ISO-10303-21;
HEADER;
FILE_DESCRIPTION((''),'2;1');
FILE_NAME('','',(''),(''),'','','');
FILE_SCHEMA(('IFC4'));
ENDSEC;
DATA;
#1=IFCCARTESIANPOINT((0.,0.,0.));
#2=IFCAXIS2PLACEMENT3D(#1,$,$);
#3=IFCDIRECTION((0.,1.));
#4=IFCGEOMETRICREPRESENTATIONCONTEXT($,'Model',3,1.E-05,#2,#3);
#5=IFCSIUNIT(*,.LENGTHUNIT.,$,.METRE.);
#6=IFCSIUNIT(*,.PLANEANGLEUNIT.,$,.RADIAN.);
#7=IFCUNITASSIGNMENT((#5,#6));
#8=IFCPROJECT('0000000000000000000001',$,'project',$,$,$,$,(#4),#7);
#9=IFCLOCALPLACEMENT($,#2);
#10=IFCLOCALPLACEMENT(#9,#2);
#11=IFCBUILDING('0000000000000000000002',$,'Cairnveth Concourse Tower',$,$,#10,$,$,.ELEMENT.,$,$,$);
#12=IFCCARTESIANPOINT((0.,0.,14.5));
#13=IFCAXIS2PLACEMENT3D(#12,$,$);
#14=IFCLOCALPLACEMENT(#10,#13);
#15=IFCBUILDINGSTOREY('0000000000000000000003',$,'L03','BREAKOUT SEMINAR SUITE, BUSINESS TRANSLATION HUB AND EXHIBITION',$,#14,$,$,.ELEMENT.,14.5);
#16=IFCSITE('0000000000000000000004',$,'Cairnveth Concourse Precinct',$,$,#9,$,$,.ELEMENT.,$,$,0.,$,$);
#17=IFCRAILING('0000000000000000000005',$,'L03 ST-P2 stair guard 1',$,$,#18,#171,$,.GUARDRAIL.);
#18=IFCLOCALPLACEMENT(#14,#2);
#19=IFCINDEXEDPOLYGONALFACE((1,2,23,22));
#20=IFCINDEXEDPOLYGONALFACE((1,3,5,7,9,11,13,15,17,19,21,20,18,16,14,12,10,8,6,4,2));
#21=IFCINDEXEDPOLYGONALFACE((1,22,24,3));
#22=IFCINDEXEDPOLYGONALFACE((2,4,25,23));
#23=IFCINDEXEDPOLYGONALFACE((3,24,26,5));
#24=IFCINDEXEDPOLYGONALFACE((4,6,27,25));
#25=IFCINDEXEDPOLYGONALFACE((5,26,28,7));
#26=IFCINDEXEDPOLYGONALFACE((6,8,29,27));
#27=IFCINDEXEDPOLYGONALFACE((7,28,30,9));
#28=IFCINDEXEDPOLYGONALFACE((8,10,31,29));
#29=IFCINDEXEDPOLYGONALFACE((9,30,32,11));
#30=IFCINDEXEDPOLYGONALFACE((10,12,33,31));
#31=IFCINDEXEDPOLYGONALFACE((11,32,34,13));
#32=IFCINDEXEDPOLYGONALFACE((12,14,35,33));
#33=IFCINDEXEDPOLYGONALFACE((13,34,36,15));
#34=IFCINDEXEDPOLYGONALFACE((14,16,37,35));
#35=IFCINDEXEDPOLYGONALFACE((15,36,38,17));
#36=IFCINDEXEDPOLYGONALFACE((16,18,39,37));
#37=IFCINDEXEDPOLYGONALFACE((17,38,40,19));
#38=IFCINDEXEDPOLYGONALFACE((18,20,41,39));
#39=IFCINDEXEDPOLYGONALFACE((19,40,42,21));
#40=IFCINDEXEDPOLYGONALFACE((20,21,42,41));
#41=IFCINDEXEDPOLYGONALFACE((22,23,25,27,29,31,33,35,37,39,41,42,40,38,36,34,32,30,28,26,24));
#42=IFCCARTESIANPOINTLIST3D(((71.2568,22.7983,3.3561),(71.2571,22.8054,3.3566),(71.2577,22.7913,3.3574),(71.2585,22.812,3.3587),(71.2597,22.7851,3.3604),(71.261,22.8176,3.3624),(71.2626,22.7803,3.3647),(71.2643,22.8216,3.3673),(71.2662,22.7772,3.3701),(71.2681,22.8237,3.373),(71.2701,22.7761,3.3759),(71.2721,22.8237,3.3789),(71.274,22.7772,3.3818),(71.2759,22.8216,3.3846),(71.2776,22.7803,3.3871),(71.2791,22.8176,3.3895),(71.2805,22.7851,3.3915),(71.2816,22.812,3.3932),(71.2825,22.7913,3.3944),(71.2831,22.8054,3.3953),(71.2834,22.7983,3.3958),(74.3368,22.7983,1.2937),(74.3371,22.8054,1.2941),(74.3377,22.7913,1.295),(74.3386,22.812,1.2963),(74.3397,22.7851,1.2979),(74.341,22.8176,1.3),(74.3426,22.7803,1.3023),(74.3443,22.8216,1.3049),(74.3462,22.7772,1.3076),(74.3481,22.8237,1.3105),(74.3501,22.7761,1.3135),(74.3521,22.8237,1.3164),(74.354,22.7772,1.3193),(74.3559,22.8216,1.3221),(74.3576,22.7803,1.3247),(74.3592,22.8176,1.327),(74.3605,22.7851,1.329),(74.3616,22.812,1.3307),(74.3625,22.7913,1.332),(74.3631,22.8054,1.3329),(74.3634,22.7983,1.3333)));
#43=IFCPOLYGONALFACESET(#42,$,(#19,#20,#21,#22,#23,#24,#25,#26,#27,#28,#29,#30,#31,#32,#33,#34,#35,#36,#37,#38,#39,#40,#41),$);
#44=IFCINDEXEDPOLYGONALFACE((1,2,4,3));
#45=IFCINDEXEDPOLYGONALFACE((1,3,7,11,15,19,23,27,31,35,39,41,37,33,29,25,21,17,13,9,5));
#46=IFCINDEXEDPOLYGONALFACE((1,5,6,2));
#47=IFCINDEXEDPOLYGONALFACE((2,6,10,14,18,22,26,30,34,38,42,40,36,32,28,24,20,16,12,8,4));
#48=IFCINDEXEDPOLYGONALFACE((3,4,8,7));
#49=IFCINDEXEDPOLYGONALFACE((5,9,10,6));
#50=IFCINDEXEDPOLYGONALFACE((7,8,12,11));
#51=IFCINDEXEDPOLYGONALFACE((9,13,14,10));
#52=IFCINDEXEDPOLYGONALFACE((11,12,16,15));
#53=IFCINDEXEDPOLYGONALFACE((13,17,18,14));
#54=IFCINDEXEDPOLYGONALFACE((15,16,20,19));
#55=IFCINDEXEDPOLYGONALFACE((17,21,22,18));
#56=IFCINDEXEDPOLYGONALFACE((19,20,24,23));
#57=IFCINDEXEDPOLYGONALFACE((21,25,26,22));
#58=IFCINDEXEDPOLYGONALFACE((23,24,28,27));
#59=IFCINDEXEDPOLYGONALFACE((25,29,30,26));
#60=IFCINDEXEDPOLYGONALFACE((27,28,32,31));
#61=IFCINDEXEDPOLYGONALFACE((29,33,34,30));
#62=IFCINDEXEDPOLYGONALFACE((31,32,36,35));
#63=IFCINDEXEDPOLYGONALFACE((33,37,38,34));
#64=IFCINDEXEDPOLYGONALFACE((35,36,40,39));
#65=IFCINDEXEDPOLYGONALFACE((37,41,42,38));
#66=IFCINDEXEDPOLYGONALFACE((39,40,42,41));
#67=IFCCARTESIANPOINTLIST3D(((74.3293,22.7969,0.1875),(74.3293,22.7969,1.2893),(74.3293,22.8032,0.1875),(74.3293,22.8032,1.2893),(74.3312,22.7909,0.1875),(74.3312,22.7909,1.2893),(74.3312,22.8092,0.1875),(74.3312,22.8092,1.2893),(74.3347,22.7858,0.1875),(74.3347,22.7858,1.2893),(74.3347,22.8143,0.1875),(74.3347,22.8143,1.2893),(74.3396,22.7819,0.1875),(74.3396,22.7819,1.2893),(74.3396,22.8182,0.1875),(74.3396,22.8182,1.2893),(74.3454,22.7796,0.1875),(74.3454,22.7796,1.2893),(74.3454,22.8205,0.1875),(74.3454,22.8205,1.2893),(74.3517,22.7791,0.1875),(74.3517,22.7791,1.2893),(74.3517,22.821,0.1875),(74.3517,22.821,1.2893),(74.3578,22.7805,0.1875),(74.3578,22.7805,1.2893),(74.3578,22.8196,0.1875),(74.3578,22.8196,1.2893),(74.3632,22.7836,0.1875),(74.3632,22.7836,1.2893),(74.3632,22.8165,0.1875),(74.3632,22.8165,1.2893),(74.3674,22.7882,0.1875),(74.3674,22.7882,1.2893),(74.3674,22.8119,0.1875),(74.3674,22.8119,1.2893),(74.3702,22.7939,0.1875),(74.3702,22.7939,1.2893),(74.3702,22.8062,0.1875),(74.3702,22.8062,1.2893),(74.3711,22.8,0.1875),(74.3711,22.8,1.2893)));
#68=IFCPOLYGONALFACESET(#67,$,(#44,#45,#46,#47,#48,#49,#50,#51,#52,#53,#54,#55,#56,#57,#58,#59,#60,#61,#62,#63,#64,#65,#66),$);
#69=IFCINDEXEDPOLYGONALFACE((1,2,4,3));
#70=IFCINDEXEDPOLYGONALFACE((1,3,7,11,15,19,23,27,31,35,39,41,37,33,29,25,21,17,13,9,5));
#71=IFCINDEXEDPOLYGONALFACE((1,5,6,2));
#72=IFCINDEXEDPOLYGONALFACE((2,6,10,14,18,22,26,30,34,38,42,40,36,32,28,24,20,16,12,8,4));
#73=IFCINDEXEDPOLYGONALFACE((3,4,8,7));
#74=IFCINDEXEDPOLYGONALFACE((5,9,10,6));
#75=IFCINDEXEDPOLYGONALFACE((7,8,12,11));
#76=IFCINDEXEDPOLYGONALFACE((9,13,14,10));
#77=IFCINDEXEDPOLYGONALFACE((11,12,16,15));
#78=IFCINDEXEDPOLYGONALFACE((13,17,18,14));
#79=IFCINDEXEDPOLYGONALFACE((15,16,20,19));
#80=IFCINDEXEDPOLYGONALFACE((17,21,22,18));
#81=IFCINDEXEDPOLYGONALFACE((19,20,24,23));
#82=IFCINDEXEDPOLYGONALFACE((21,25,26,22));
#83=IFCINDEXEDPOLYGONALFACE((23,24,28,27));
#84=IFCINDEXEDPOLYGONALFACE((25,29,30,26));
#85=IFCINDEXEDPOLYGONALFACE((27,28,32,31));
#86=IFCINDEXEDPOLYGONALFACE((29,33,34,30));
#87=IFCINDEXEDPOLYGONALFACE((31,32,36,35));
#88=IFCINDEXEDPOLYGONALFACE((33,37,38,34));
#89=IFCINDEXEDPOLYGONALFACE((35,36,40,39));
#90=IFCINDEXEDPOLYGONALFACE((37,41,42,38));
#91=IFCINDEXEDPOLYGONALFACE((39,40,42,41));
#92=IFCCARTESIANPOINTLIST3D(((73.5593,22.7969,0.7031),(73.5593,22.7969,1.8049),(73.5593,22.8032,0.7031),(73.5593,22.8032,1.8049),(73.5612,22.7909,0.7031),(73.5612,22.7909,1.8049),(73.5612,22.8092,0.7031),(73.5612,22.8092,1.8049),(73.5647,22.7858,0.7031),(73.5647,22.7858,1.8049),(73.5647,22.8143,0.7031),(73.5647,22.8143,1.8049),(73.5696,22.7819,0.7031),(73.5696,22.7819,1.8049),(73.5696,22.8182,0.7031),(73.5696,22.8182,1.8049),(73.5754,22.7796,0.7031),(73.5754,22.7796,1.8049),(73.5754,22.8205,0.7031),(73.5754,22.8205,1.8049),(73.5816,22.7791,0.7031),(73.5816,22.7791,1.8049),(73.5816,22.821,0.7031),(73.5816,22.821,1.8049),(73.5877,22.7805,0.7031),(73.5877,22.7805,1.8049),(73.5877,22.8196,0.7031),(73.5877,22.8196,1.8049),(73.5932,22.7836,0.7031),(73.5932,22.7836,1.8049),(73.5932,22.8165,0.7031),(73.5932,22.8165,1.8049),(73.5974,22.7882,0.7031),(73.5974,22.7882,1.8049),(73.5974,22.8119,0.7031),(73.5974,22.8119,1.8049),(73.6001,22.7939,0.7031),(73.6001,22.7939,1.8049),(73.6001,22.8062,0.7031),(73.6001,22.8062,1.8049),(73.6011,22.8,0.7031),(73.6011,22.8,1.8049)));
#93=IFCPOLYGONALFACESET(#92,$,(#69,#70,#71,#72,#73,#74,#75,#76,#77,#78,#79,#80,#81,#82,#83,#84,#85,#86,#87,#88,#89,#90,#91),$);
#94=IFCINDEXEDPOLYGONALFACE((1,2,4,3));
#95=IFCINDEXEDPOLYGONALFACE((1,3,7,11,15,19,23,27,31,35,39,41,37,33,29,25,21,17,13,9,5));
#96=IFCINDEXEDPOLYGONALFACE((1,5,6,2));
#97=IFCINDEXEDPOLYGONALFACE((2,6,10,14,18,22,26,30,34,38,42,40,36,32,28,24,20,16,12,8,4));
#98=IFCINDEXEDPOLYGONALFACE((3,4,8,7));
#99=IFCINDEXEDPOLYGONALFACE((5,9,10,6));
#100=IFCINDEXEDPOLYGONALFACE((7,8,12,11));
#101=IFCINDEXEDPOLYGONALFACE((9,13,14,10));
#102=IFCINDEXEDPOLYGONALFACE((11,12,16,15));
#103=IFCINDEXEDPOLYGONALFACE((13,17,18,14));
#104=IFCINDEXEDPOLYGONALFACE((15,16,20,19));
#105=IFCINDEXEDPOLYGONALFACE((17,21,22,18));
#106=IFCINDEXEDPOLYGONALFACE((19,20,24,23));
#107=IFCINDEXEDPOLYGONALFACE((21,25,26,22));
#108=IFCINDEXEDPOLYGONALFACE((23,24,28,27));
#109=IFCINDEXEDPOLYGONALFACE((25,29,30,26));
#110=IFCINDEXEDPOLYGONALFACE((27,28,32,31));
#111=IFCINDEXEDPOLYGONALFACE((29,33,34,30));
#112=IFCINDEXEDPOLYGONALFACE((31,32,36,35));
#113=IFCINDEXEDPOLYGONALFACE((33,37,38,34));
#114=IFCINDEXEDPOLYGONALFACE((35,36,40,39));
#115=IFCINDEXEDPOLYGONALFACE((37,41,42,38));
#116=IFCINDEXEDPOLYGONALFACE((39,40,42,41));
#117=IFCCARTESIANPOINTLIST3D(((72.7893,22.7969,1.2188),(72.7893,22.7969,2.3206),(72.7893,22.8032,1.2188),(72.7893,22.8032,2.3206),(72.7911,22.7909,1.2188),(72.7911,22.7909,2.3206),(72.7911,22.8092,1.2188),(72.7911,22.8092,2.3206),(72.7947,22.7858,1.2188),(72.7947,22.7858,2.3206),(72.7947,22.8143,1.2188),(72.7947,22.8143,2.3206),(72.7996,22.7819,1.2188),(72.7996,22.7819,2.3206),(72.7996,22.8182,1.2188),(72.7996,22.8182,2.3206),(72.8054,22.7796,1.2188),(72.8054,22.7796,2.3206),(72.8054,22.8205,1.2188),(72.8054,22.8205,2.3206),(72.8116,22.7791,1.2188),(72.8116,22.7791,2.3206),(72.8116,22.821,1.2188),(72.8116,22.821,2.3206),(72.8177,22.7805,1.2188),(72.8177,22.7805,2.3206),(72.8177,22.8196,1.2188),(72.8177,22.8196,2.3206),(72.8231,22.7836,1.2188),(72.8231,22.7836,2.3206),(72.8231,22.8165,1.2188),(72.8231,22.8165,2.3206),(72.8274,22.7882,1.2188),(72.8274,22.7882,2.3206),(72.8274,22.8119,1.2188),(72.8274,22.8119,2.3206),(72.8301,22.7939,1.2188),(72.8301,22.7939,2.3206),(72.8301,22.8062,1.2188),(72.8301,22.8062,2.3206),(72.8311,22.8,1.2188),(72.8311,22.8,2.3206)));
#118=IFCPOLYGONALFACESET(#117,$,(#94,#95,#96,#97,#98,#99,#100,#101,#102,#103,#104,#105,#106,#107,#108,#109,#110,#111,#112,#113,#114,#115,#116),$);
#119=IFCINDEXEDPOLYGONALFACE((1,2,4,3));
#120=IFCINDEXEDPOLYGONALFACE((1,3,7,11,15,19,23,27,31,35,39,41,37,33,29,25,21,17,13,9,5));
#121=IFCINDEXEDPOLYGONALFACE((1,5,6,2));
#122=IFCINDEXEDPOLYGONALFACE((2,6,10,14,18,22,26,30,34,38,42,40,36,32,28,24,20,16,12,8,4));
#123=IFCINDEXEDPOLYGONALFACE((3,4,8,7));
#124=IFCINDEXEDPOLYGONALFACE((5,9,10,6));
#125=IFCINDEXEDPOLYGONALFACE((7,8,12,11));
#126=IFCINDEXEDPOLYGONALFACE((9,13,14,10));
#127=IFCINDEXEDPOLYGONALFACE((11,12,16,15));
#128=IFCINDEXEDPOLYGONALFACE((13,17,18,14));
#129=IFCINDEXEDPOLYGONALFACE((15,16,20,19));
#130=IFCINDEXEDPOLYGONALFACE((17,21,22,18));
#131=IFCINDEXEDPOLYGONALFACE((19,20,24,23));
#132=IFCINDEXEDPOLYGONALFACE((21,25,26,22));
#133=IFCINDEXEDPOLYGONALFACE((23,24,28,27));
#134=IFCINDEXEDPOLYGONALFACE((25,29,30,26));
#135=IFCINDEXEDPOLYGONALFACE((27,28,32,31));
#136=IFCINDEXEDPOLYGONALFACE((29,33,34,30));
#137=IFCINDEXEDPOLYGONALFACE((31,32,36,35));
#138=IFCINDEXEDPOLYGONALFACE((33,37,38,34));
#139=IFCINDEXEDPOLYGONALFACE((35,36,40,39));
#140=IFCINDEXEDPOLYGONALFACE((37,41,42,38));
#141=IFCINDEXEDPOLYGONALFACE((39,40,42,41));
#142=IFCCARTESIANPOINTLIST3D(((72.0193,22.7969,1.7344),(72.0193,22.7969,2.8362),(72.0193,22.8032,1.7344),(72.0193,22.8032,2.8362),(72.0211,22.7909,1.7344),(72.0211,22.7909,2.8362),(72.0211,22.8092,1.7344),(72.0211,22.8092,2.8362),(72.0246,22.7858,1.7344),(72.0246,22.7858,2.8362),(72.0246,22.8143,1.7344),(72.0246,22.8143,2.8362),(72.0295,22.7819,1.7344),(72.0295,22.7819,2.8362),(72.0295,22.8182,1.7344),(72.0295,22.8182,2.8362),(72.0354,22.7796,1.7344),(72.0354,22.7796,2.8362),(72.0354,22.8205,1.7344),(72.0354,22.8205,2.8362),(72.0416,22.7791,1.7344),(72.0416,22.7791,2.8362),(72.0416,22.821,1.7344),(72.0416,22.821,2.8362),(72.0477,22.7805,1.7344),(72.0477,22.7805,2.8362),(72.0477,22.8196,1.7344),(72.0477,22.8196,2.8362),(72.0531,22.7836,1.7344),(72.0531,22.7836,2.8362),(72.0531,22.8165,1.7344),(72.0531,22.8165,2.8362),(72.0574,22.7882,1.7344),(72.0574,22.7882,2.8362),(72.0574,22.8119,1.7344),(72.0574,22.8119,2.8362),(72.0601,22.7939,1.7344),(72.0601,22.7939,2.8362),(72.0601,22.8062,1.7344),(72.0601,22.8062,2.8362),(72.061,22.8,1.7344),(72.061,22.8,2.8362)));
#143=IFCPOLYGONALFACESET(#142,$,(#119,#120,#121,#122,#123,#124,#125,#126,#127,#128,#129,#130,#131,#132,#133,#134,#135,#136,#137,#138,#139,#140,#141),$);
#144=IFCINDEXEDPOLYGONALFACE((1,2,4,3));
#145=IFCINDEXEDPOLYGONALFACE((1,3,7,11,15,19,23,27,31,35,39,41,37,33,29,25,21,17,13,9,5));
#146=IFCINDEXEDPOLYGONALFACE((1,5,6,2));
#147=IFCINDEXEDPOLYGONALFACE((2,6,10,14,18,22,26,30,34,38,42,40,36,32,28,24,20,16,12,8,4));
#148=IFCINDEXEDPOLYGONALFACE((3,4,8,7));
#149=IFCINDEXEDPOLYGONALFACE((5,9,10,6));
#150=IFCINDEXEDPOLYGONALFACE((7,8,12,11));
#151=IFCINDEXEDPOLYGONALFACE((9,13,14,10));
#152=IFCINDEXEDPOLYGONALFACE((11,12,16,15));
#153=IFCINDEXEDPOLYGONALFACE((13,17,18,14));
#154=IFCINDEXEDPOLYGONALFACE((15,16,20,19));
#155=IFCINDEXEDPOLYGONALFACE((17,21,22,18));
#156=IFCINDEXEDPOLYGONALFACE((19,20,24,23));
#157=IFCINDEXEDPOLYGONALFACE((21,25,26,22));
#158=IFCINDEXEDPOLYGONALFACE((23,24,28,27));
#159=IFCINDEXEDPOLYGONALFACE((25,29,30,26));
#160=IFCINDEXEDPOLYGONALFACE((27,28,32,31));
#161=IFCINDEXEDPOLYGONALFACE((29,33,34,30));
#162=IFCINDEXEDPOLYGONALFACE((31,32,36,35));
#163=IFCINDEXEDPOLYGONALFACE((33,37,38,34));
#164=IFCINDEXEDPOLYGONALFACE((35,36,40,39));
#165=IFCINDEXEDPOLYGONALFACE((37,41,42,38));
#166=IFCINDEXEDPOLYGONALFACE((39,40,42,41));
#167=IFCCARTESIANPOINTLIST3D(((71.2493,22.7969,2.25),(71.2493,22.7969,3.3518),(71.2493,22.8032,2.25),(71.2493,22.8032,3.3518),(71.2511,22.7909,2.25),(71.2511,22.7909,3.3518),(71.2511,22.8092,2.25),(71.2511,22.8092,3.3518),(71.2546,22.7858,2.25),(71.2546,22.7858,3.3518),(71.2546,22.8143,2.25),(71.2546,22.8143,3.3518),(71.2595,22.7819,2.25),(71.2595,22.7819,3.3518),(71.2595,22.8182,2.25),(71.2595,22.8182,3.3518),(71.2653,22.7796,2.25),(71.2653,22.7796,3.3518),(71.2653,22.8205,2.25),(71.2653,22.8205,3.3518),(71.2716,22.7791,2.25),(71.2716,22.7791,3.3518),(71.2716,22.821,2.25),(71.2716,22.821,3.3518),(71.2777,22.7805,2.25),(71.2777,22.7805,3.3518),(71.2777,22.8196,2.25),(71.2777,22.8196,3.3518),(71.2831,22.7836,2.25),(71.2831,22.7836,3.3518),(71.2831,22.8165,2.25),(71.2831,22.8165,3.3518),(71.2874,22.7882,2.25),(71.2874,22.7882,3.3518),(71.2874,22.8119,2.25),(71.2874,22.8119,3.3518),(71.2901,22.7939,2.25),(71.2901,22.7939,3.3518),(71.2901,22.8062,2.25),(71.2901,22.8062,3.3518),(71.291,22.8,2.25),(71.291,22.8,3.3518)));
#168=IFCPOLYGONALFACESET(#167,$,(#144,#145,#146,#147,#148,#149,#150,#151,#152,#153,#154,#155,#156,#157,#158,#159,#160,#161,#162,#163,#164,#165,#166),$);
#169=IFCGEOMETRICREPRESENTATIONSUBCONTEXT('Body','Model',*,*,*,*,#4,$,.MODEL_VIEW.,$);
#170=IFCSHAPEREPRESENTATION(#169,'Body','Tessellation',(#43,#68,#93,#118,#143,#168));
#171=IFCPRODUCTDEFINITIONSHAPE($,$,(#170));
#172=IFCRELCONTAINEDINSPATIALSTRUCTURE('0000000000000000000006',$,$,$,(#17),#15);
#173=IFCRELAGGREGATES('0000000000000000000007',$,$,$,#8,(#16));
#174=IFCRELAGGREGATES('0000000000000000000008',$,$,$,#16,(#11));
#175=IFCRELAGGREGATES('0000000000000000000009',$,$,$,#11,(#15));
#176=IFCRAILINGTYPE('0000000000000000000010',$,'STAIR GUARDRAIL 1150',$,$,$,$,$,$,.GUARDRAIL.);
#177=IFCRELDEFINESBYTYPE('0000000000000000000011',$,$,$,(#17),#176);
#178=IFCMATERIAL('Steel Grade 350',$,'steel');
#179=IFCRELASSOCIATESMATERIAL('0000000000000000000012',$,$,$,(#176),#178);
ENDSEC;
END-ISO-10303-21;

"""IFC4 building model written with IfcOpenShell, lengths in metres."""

from ifc_helpers import new_model, si_unit, direction, frame, origin, origin_2d, place, context, subcontext, project, spatial, circle, extrude, material, type_object, element, save


model = new_model("IFC4")

# Units and contexts
model_context = context("Model", 3, precision=1e-05, world=origin(), true_north=direction((0.0, 1.0)))
body_context = subcontext(model_context, "Body", "Model", "MODEL_VIEW")
ifc_project = project(units=[si_unit("LENGTHUNIT", "METRE"), si_unit("PLANEANGLEUNIT", "RADIAN")], contexts=[model_context])

# Site, building, storey
site_placement = place(None, origin())
site = spatial("IfcSite", under=ifc_project, at=site_placement, Name="Cairnveth Concourse Precinct", CompositionType="ELEMENT", RefElevation=0.0)
building_placement = place(site_placement, origin())
building = spatial("IfcBuilding", under=site, at=building_placement, Name="Cairnveth Concourse Tower", CompositionType="ELEMENT")
storey_placement = place(building_placement, frame((0.0, 0.0, 14.5)))
storey = spatial("IfcBuildingStorey", under=building, at=storey_placement, Name="L03", Description="BREAKOUT SEMINAR SUITE, BUSINESS TRANSLATION HUB AND EXHIBITION", CompositionType="ELEMENT", Elevation=14.5)

# Shared definitions
ifc_material_1 = material(Name="Steel Grade 350", Category="steel")

# Railing
railing_type_1 = type_object("IfcRailingType", Name="STAIR GUARDRAIL 1150", PredefinedType="GUARDRAIL", material=ifc_material_1)
railing_1_placement = place(storey_placement, frame((74.3501, 22.8, 0.1875)))
element("IfcRailing", 1, at=railing_1_placement, inside=storey, type_object=railing_type_1, Name="L03 ST-P2 stair guard 1", PredefinedType="GUARDRAIL", context=body_context, shape_type="SweptSolid", body=[
    extrude(circle(Radius=0.0239, at=origin_2d()), frame((0.0, 0.0, 1.126), z_axis=(-0.830914, 0.0, 0.556401), x_axis=(0.0, -1.0, 0.0)), (0.0, 0.0, 1.0), 3.7068),
    extrude(circle(Radius=0.021, at=origin_2d()), origin(), (0.0, 0.0, 1.0), 1.1018),
    extrude(circle(Radius=0.021, at=origin_2d()), frame((-0.77, 0.0, 0.5156)), (0.0, 0.0, 1.0), 1.1018),
    extrude(circle(Radius=0.021, at=origin_2d()), frame((-1.54, 0.0, 1.0312)), (0.0, 0.0, 1.0), 1.1018),
    extrude(circle(Radius=0.021, at=origin_2d()), frame((-2.3101, 0.0, 1.5469)), (0.0, 0.0, 1.0), 1.1018),
    extrude(circle(Radius=0.021, at=origin_2d()), frame((-3.0801, 0.0, 2.0625)), (0.0, 0.0, 1.0), 1.1018),
])

save(model, "model.ifc")
